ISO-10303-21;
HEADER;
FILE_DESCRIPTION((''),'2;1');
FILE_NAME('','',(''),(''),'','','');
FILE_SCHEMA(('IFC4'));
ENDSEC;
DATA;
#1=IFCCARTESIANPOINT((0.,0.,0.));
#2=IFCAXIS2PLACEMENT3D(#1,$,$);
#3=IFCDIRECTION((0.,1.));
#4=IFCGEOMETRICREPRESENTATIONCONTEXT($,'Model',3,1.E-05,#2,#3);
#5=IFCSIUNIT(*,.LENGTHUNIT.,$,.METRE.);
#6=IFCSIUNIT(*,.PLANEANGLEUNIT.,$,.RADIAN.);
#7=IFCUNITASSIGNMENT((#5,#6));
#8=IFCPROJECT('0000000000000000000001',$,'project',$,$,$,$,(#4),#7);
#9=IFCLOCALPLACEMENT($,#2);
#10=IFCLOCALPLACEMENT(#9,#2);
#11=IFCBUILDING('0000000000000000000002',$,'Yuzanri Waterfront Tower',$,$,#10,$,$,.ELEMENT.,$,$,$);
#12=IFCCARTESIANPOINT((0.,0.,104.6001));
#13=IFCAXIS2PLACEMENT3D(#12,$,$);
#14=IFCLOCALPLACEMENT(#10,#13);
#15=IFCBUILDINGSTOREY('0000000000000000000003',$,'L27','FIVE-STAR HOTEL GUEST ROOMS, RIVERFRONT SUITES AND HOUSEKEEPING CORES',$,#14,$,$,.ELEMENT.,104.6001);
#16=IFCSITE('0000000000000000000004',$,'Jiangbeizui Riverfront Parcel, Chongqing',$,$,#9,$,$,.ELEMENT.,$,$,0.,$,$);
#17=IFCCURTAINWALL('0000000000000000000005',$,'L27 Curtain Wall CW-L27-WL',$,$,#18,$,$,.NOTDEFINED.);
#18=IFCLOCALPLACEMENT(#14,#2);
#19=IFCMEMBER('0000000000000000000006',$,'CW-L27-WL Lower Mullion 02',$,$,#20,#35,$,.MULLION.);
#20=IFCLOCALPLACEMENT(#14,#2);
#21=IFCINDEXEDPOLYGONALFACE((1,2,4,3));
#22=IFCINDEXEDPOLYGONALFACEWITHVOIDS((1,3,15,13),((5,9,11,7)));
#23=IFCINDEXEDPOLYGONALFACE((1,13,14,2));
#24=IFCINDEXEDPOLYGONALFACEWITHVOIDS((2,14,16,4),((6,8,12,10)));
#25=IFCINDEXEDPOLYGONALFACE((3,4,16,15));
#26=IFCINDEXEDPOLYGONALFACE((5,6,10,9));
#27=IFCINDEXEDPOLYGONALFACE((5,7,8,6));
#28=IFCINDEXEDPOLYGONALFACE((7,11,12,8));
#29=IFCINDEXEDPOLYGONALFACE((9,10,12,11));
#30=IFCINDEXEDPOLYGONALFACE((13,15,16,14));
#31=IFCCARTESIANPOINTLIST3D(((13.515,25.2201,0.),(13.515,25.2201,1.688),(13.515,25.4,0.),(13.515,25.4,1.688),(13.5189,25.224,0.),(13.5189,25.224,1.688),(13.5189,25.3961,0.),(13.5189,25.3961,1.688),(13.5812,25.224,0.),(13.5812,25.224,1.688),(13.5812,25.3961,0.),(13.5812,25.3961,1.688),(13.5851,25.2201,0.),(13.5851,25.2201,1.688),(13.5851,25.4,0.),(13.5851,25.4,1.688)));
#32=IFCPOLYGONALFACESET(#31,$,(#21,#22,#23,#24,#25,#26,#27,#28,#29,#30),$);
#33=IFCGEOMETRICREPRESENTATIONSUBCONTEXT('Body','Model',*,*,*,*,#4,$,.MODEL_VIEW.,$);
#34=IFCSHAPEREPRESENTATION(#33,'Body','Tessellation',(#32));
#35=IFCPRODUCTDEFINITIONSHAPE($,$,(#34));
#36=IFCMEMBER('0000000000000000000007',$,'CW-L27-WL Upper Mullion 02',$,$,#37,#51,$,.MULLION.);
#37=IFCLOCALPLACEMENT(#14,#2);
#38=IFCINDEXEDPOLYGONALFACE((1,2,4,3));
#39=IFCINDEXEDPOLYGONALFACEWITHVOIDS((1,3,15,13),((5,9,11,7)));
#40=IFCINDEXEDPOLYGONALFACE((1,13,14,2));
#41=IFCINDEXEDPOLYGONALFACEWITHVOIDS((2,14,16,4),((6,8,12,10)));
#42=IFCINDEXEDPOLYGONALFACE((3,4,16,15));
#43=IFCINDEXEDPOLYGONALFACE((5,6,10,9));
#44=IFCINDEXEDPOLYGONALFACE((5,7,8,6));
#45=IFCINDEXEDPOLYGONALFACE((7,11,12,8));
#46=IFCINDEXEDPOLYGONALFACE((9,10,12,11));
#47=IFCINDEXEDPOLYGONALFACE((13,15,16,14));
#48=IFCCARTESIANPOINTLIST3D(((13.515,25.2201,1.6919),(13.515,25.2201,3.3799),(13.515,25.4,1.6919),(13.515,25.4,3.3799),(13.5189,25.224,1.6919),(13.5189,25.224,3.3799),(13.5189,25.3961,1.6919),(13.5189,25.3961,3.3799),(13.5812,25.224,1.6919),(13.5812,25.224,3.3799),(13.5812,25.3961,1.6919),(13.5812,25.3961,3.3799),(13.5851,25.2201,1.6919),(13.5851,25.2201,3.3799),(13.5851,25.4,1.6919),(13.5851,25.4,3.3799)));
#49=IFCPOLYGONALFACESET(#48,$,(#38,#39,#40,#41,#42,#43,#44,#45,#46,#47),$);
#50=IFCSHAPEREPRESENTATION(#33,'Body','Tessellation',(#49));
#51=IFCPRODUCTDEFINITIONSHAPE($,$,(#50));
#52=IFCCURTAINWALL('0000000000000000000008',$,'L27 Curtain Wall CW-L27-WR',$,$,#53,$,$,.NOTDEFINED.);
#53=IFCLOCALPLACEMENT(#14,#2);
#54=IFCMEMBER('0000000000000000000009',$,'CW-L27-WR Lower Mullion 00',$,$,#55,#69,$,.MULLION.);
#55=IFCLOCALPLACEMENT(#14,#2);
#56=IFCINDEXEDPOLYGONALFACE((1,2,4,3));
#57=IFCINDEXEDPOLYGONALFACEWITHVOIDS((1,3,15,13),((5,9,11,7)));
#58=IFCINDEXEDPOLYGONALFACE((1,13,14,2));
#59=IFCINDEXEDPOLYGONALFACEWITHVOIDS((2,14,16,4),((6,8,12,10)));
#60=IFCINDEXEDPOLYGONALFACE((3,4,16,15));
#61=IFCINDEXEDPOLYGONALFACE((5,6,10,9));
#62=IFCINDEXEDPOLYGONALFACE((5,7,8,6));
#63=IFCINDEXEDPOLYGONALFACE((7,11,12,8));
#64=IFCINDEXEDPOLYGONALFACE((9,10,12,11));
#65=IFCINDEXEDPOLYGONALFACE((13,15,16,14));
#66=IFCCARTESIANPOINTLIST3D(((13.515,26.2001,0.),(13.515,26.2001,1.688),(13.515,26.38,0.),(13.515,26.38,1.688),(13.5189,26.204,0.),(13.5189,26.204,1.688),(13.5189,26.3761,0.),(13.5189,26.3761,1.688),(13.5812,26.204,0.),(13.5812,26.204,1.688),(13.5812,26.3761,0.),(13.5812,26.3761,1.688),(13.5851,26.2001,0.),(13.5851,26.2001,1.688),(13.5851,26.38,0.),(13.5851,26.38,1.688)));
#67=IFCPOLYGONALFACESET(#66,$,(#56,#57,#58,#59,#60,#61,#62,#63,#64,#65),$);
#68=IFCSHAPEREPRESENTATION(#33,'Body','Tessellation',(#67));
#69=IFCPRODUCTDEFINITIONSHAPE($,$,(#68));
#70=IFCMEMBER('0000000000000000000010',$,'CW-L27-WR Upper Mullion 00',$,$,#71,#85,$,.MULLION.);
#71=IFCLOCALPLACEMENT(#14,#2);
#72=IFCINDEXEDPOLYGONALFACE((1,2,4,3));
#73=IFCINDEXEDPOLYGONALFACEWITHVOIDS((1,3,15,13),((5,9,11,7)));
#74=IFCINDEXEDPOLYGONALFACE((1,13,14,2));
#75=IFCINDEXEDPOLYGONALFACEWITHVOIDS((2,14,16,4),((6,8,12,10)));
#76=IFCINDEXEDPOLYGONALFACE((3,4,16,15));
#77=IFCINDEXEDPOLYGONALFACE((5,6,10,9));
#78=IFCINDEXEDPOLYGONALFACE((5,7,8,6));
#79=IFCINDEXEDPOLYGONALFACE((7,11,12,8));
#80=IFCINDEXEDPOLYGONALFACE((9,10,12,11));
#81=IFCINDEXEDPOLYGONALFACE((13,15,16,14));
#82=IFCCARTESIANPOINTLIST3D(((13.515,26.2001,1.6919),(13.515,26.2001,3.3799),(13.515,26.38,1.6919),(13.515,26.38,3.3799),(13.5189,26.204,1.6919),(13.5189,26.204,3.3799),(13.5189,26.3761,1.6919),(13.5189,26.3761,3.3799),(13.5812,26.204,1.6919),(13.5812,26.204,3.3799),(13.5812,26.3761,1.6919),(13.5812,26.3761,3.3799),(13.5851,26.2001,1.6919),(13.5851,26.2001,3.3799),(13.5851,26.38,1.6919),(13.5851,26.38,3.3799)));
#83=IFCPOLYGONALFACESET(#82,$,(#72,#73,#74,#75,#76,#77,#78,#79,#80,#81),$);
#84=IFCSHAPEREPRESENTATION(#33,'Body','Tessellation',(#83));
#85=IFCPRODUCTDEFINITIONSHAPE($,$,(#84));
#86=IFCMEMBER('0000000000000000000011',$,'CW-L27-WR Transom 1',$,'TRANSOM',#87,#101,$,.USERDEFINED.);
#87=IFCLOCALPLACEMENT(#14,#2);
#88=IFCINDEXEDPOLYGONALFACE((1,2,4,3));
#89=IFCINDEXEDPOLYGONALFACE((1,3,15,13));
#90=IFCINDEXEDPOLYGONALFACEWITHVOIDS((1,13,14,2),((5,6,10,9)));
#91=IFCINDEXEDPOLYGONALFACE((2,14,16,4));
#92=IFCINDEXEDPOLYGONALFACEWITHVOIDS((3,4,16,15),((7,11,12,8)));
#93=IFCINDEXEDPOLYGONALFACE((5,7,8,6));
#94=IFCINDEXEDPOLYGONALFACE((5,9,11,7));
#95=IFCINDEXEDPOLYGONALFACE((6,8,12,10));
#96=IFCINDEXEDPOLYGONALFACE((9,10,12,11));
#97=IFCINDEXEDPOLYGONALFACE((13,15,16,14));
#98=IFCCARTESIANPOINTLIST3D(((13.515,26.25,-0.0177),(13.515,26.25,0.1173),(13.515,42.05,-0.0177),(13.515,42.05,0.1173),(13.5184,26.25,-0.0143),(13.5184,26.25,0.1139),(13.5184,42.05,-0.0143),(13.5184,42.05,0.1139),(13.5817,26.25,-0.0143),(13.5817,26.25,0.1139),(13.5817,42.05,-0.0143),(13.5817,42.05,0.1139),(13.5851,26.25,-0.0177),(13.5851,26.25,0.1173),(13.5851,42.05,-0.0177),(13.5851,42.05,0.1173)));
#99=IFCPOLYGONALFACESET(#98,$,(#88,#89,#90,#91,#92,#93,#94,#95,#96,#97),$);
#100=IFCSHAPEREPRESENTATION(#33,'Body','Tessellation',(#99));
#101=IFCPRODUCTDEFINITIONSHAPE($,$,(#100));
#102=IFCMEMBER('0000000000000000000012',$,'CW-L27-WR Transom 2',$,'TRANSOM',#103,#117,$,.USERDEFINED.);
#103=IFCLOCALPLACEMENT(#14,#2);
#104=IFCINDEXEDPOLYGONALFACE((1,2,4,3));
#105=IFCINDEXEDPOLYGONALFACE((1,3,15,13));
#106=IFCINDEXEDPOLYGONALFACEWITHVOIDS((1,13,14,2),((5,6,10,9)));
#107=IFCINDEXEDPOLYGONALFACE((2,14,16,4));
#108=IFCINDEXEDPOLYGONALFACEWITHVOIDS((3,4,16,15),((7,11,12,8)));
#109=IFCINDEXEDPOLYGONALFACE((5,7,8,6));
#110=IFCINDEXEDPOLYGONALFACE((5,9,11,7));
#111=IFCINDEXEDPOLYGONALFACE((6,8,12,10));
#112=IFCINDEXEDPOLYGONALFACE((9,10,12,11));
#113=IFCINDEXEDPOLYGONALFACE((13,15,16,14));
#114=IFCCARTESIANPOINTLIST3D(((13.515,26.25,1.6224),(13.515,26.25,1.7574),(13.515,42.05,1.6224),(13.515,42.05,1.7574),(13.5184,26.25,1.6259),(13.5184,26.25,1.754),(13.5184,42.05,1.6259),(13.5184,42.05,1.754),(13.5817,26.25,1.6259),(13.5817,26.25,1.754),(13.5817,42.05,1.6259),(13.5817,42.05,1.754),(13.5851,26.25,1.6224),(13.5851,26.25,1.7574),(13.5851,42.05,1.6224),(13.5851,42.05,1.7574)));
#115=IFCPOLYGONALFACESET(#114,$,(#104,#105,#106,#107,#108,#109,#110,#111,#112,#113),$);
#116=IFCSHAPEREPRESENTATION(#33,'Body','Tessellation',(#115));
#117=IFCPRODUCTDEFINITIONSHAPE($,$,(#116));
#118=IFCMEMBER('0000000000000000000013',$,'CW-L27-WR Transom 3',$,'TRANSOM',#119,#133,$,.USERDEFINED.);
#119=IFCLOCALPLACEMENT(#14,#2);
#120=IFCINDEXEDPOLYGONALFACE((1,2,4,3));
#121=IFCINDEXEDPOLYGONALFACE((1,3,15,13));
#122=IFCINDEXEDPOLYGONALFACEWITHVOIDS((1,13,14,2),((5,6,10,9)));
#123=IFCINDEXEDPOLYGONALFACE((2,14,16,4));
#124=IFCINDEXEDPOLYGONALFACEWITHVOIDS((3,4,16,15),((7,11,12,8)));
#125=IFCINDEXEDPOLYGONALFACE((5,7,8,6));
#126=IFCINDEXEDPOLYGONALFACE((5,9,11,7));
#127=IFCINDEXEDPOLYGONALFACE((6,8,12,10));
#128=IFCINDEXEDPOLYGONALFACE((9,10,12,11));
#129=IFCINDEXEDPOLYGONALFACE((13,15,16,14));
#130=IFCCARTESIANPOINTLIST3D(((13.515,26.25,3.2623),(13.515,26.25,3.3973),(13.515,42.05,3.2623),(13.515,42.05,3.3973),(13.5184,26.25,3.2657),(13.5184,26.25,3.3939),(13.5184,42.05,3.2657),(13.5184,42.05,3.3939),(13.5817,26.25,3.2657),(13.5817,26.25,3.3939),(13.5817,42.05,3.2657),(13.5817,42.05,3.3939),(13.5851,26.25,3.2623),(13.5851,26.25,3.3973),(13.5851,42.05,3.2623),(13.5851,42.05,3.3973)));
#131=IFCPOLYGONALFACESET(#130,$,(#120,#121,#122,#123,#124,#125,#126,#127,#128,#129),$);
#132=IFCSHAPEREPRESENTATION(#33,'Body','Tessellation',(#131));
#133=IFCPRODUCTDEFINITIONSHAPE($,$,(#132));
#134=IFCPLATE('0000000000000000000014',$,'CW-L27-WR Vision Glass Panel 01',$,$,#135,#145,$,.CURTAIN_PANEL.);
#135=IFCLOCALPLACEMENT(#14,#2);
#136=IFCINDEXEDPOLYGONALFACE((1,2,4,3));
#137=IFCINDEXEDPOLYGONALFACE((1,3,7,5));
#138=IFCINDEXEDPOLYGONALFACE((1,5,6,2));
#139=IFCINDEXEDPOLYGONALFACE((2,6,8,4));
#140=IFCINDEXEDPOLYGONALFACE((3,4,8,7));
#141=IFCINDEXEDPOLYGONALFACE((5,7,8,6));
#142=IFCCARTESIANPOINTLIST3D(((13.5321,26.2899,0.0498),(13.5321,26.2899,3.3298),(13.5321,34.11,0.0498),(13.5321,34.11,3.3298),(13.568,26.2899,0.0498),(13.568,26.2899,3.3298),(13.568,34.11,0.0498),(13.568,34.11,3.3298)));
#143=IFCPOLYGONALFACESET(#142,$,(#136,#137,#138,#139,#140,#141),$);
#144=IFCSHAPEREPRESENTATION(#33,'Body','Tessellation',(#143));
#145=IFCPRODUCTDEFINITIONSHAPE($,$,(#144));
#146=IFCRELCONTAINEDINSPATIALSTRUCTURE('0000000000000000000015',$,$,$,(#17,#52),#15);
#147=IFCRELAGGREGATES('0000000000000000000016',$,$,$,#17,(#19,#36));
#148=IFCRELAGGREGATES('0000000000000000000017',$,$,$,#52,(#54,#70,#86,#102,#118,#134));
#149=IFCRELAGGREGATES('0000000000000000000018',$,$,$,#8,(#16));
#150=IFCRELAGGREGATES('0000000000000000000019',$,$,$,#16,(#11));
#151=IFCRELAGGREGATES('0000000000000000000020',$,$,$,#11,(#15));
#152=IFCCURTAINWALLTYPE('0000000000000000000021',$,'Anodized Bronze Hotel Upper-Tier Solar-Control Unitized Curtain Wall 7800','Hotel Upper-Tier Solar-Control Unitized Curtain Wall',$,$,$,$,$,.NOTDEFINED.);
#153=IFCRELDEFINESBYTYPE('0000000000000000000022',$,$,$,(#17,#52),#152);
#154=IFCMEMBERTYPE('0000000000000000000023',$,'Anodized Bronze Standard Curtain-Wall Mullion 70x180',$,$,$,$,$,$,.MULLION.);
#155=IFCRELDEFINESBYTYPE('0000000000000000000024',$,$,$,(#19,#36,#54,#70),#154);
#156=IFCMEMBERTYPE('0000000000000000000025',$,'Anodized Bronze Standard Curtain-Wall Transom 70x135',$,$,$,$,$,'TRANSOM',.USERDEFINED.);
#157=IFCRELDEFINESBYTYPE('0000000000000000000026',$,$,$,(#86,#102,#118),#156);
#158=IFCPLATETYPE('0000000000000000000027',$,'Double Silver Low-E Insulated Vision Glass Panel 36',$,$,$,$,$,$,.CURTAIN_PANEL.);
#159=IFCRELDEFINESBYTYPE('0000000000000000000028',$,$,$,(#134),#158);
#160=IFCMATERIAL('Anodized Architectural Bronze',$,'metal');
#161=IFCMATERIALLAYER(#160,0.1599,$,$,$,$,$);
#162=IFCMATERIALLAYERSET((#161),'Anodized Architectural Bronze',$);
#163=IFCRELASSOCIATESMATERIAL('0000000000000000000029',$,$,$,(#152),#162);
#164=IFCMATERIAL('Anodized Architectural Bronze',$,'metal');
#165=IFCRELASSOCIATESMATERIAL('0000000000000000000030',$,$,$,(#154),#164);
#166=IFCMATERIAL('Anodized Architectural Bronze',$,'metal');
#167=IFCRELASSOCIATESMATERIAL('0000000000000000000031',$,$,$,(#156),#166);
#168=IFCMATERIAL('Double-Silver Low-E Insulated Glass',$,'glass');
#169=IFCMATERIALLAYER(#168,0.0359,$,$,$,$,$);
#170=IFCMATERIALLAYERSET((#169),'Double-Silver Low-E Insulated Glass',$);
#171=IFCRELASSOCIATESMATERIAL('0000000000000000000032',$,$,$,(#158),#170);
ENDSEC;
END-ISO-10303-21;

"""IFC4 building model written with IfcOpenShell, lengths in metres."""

from ifc_helpers import new_model, si_unit, direction, frame, origin, origin_2d, place, context, subcontext, project, spatial, rectangle, hollow_rectangle, extrude, source, transform, mapped, material, layer, layer_set, material_profile, profile_set, type_object, element, aggregate, save


model = new_model("IFC4")

# Units and contexts
model_context = context("Model", 3, precision=1e-05, world=origin(), true_north=direction((0.0, 1.0)))
body_context = subcontext(model_context, "Body", "Model", "MODEL_VIEW")
ifc_project = project(units=[si_unit("LENGTHUNIT", "METRE"), si_unit("PLANEANGLEUNIT", "RADIAN")], contexts=[model_context])

# Site, building, storey
site_placement = place(None, origin())
site = spatial("IfcSite", under=ifc_project, at=site_placement, Name="Jiangbeizui Riverfront Parcel, Chongqing", CompositionType="ELEMENT", RefElevation=0.0)
building_placement = place(site_placement, origin())
building = spatial("IfcBuilding", under=site, at=building_placement, Name="Yuzanri Waterfront Tower", CompositionType="ELEMENT")
storey_placement = place(building_placement, frame((0.0, 0.0, 104.6001)))
storey = spatial("IfcBuildingStorey", under=building, at=storey_placement, Name="L27", Description="FIVE-STAR HOTEL GUEST ROOMS, RIVERFRONT SUITES AND HOUSEKEEPING CORES", CompositionType="ELEMENT", Elevation=104.6001)

# Curtain wall, members
ifc_material_1 = material(Name="Anodized Architectural Bronze", Category="metal")
ifc_layer_1 = layer(ifc_material_1, 0.1599)
ifc_layer_set_1 = layer_set([ifc_layer_1], Name="Anodized Architectural Bronze")
curtain_wall_type = type_object("IfcCurtainWallType", Name="Anodized Bronze Hotel Upper-Tier Solar-Control Unitized Curtain Wall 7800", Description="Hotel Upper-Tier Solar-Control Unitized Curtain Wall", PredefinedType="NOTDEFINED", material=ifc_layer_set_1)
curtain_wall_1_placement = place(storey_placement, origin())
curtain_wall_1 = element("IfcCurtainWall", 1, at=curtain_wall_1_placement, inside=storey, type_object=curtain_wall_type, Name="L27 Curtain Wall CW-L27-WL", PredefinedType="NOTDEFINED")
ifc_material_2 = material(Name="Anodized Architectural Bronze", Category="metal")
ifc_material_profile_1 = material_profile(ifc_material_2, hollow_rectangle(XDim=0.0701, YDim=0.1799, WallThickness=0.0039, at=origin_2d()), Name="CWM 70x180")
ifc_profile_set_1 = profile_set([ifc_material_profile_1], Name="Anodized Architectural Bronze")
member_type_1 = type_object("IfcMemberType", Name="Anodized Bronze Standard Curtain-Wall Mullion 70x180", PredefinedType="MULLION", material=ifc_profile_set_1)
shared_shape_1 = source(origin(), body_context, "Body", "SweptSolid", [
    extrude(hollow_rectangle(XDim=0.0701, YDim=0.1799, WallThickness=0.0039, at=origin_2d()), origin(), (0.0, 0.0, 1.0), 1.688),
])
member_1_placement = place(storey_placement, frame((13.55, 25.3101, 0.0), z_axis=(0.0, 0.0, 1.0), x_axis=(1.0, 0.0, 0.0)))
member_1 = element("IfcMember", 2, at=member_1_placement, type_object=member_type_1, Name="CW-L27-WL Lower Mullion 02", PredefinedType="MULLION", context=body_context, shape_type="MappedRepresentation", body=[
    mapped(shared_shape_1, transform((0.0, 0.0, 0.0), scale=1.0)),
])
member_2_placement = place(storey_placement, frame((13.55, 25.3101, 1.6919), z_axis=(0.0, 0.0, 1.0), x_axis=(1.0, 0.0, 0.0)))
member_2 = element("IfcMember", 3, at=member_2_placement, type_object=member_type_1, Name="CW-L27-WL Upper Mullion 02", PredefinedType="MULLION", context=body_context, shape_type="MappedRepresentation", body=[
    mapped(shared_shape_1, transform((0.0, 0.0, 0.0), scale=1.0)),
])
aggregate(curtain_wall_1, [member_1, member_2])

# Curtain wall, members, plate
curtain_wall_2_placement = place(storey_placement, origin())
curtain_wall_2 = element("IfcCurtainWall", 4, at=curtain_wall_2_placement, inside=storey, type_object=curtain_wall_type, Name="L27 Curtain Wall CW-L27-WR", PredefinedType="NOTDEFINED")
member_3_placement = place(storey_placement, frame((13.55, 26.29, 0.0), z_axis=(0.0, 0.0, 1.0), x_axis=(1.0, 0.0, 0.0)))
member_3 = element("IfcMember", 5, at=member_3_placement, type_object=member_type_1, Name="CW-L27-WR Lower Mullion 00", PredefinedType="MULLION", context=body_context, shape_type="MappedRepresentation", body=[
    mapped(shared_shape_1, transform((0.0, 0.0, 0.0), scale=1.0)),
])
member_4_placement = place(storey_placement, frame((13.55, 26.29, 1.6919), z_axis=(0.0, 0.0, 1.0), x_axis=(1.0, 0.0, 0.0)))
member_4 = element("IfcMember", 6, at=member_4_placement, type_object=member_type_1, Name="CW-L27-WR Upper Mullion 00", PredefinedType="MULLION", context=body_context, shape_type="MappedRepresentation", body=[
    mapped(shared_shape_1, transform((0.0, 0.0, 0.0), scale=1.0)),
])
ifc_material_3 = material(Name="Anodized Architectural Bronze", Category="metal")
ifc_material_profile_2 = material_profile(ifc_material_3, hollow_rectangle(XDim=0.0701, YDim=0.135, WallThickness=0.0034, at=origin_2d()), Name="CWT 70x135")
ifc_profile_set_2 = profile_set([ifc_material_profile_2], Name="Anodized Architectural Bronze")
member_type_2 = type_object("IfcMemberType", Name="Anodized Bronze Standard Curtain-Wall Transom 70x135", ElementType="TRANSOM", PredefinedType="USERDEFINED", material=ifc_profile_set_2)
shared_shape_2 = source(origin(), body_context, "Body", "SweptSolid", [
    extrude(hollow_rectangle(XDim=0.0701, YDim=0.135, WallThickness=0.0034, at=origin_2d()), origin(), (0.0, 0.0, 1.0), 15.8),
])
member_5_placement = place(storey_placement, frame((13.55, 26.25, 0.0498), z_axis=(0.0, 1.0, 0.0), x_axis=(-1.0, 0.0, 0.0)))
member_5 = element("IfcMember", 7, at=member_5_placement, type_object=member_type_2, Name="CW-L27-WR Transom 1", ObjectType="TRANSOM", PredefinedType="USERDEFINED", context=body_context, shape_type="MappedRepresentation", body=[
    mapped(shared_shape_2, transform((0.0, 0.0, 0.0), scale=1.0)),
])
member_6_placement = place(storey_placement, frame((13.55, 26.25, 1.6899), z_axis=(0.0, 1.0, 0.0), x_axis=(-1.0, 0.0, 0.0)))
member_6 = element("IfcMember", 8, at=member_6_placement, type_object=member_type_2, Name="CW-L27-WR Transom 2", ObjectType="TRANSOM", PredefinedType="USERDEFINED", context=body_context, shape_type="MappedRepresentation", body=[
    mapped(shared_shape_2, transform((0.0, 0.0, 0.0), scale=1.0)),
])
member_7_placement = place(storey_placement, frame((13.55, 26.25, 3.3298), z_axis=(0.0, 1.0, 0.0), x_axis=(-1.0, 0.0, 0.0)))
member_7 = element("IfcMember", 9, at=member_7_placement, type_object=member_type_2, Name="CW-L27-WR Transom 3", ObjectType="TRANSOM", PredefinedType="USERDEFINED", context=body_context, shape_type="MappedRepresentation", body=[
    mapped(shared_shape_2, transform((0.0, 0.0, 0.0), scale=1.0)),
])
ifc_material_4 = material(Name="Double-Silver Low-E Insulated Glass", Category="glass")
ifc_layer_2 = layer(ifc_material_4, 0.0359)
ifc_layer_set_2 = layer_set([ifc_layer_2], Name="Double-Silver Low-E Insulated Glass")
plate_type = type_object("IfcPlateType", Name="Double Silver Low-E Insulated Vision Glass Panel 36", PredefinedType="CURTAIN_PANEL", material=ifc_layer_set_2)
shared_shape_3 = source(origin(), body_context, "Body", "SweptSolid", [
    extrude(rectangle(XDim=7.8201, YDim=0.0359, at=origin_2d()), origin(), (0.0, 0.0, 1.0), 3.28),
])
plate_placement = place(storey_placement, frame((13.55, 30.2, 0.0498), z_axis=(0.0, 0.0, 1.0), x_axis=(0.0, 1.0, 0.0)))
plate = element("IfcPlate", 10, at=plate_placement, type_object=plate_type, Name="CW-L27-WR Vision Glass Panel 01", PredefinedType="CURTAIN_PANEL", context=body_context, shape_type="MappedRepresentation", body=[
    mapped(shared_shape_3, transform((0.0, 0.0, 0.0), scale=1.0)),
])
aggregate(curtain_wall_2, [member_3, member_4, member_5, member_6, member_7, plate])

save(model, "model.ifc")
